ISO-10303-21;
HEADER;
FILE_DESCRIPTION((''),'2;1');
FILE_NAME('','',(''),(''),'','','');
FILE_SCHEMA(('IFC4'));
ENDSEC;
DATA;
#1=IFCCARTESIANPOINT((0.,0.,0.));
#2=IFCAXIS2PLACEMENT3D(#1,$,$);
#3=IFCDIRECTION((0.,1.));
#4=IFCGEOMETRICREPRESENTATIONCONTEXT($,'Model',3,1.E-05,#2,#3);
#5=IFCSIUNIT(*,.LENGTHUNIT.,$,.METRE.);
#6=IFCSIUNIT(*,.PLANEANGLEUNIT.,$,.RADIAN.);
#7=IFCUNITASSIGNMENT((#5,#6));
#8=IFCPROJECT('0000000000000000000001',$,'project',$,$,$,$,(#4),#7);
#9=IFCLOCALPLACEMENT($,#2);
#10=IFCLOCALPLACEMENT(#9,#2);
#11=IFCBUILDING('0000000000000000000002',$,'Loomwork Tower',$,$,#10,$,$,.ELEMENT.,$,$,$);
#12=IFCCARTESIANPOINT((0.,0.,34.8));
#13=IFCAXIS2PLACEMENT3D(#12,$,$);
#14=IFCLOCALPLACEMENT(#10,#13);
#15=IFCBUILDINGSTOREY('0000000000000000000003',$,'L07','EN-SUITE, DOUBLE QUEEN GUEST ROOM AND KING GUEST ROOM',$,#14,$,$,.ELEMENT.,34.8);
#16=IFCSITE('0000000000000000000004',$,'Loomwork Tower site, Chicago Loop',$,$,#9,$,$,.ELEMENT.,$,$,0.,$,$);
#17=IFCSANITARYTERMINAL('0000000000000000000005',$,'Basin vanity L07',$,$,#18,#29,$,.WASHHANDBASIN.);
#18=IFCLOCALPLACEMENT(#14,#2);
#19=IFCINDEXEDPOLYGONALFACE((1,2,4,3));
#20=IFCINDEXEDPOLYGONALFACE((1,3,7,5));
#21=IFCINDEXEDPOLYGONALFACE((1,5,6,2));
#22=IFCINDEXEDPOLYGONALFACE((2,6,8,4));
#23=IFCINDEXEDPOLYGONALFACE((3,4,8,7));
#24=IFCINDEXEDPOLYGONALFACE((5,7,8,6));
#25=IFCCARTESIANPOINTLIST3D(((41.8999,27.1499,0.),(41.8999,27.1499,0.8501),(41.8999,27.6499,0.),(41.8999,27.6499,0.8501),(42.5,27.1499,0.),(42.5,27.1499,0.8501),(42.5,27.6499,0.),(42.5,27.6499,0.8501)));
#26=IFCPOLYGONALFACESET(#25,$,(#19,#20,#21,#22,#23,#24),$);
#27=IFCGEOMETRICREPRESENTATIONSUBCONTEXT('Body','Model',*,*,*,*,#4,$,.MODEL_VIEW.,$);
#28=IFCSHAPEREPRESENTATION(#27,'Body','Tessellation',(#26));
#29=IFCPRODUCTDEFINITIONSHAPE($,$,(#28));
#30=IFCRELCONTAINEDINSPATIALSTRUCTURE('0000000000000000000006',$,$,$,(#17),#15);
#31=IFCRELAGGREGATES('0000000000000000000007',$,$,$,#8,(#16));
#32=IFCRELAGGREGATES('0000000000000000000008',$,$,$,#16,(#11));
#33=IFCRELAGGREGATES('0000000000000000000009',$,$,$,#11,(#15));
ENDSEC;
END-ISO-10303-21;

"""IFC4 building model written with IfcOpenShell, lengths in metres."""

from ifc_helpers import new_model, si_unit, direction, frame, origin, origin_2d, place, context, subcontext, project, spatial, rectangle, extrude, element, save


model = new_model("IFC4")

# Units and contexts
model_context = context("Model", 3, precision=1e-05, world=origin(), true_north=direction((0.0, 1.0)))
body_context = subcontext(model_context, "Body", "Model", "MODEL_VIEW")
ifc_project = project(units=[si_unit("LENGTHUNIT", "METRE"), si_unit("PLANEANGLEUNIT", "RADIAN")], contexts=[model_context])

# Site, building, storey
site_placement = place(None, origin())
site = spatial("IfcSite", under=ifc_project, at=site_placement, Name="Loomwork Tower site, Chicago Loop", CompositionType="ELEMENT", RefElevation=0.0)
building_placement = place(site_placement, origin())
building = spatial("IfcBuilding", under=site, at=building_placement, Name="Loomwork Tower", CompositionType="ELEMENT")
storey_placement = place(building_placement, frame((0.0, 0.0, 34.8)))
storey = spatial("IfcBuildingStorey", under=building, at=storey_placement, Name="L07", Description="EN-SUITE, DOUBLE QUEEN GUEST ROOM AND KING GUEST ROOM", CompositionType="ELEMENT", Elevation=34.8)

# Sanitary terminal
sanitary_terminal_1_placement = place(storey_placement, frame((42.2, 27.3999, 0.0), z_axis=(0.0, 0.0, 1.0), x_axis=(1.0, 0.0, 0.0)))
element("IfcSanitaryTerminal", 1, at=sanitary_terminal_1_placement, inside=storey, Name="Basin vanity L07", PredefinedType="WASHHANDBASIN", context=body_context, shape_type="SweptSolid", body=[
    extrude(rectangle(XDim=0.6001, YDim=0.5, at=origin_2d()), origin(), (0.0, 0.0, 1.0), 0.8501),
])

save(model, "model.ifc")
